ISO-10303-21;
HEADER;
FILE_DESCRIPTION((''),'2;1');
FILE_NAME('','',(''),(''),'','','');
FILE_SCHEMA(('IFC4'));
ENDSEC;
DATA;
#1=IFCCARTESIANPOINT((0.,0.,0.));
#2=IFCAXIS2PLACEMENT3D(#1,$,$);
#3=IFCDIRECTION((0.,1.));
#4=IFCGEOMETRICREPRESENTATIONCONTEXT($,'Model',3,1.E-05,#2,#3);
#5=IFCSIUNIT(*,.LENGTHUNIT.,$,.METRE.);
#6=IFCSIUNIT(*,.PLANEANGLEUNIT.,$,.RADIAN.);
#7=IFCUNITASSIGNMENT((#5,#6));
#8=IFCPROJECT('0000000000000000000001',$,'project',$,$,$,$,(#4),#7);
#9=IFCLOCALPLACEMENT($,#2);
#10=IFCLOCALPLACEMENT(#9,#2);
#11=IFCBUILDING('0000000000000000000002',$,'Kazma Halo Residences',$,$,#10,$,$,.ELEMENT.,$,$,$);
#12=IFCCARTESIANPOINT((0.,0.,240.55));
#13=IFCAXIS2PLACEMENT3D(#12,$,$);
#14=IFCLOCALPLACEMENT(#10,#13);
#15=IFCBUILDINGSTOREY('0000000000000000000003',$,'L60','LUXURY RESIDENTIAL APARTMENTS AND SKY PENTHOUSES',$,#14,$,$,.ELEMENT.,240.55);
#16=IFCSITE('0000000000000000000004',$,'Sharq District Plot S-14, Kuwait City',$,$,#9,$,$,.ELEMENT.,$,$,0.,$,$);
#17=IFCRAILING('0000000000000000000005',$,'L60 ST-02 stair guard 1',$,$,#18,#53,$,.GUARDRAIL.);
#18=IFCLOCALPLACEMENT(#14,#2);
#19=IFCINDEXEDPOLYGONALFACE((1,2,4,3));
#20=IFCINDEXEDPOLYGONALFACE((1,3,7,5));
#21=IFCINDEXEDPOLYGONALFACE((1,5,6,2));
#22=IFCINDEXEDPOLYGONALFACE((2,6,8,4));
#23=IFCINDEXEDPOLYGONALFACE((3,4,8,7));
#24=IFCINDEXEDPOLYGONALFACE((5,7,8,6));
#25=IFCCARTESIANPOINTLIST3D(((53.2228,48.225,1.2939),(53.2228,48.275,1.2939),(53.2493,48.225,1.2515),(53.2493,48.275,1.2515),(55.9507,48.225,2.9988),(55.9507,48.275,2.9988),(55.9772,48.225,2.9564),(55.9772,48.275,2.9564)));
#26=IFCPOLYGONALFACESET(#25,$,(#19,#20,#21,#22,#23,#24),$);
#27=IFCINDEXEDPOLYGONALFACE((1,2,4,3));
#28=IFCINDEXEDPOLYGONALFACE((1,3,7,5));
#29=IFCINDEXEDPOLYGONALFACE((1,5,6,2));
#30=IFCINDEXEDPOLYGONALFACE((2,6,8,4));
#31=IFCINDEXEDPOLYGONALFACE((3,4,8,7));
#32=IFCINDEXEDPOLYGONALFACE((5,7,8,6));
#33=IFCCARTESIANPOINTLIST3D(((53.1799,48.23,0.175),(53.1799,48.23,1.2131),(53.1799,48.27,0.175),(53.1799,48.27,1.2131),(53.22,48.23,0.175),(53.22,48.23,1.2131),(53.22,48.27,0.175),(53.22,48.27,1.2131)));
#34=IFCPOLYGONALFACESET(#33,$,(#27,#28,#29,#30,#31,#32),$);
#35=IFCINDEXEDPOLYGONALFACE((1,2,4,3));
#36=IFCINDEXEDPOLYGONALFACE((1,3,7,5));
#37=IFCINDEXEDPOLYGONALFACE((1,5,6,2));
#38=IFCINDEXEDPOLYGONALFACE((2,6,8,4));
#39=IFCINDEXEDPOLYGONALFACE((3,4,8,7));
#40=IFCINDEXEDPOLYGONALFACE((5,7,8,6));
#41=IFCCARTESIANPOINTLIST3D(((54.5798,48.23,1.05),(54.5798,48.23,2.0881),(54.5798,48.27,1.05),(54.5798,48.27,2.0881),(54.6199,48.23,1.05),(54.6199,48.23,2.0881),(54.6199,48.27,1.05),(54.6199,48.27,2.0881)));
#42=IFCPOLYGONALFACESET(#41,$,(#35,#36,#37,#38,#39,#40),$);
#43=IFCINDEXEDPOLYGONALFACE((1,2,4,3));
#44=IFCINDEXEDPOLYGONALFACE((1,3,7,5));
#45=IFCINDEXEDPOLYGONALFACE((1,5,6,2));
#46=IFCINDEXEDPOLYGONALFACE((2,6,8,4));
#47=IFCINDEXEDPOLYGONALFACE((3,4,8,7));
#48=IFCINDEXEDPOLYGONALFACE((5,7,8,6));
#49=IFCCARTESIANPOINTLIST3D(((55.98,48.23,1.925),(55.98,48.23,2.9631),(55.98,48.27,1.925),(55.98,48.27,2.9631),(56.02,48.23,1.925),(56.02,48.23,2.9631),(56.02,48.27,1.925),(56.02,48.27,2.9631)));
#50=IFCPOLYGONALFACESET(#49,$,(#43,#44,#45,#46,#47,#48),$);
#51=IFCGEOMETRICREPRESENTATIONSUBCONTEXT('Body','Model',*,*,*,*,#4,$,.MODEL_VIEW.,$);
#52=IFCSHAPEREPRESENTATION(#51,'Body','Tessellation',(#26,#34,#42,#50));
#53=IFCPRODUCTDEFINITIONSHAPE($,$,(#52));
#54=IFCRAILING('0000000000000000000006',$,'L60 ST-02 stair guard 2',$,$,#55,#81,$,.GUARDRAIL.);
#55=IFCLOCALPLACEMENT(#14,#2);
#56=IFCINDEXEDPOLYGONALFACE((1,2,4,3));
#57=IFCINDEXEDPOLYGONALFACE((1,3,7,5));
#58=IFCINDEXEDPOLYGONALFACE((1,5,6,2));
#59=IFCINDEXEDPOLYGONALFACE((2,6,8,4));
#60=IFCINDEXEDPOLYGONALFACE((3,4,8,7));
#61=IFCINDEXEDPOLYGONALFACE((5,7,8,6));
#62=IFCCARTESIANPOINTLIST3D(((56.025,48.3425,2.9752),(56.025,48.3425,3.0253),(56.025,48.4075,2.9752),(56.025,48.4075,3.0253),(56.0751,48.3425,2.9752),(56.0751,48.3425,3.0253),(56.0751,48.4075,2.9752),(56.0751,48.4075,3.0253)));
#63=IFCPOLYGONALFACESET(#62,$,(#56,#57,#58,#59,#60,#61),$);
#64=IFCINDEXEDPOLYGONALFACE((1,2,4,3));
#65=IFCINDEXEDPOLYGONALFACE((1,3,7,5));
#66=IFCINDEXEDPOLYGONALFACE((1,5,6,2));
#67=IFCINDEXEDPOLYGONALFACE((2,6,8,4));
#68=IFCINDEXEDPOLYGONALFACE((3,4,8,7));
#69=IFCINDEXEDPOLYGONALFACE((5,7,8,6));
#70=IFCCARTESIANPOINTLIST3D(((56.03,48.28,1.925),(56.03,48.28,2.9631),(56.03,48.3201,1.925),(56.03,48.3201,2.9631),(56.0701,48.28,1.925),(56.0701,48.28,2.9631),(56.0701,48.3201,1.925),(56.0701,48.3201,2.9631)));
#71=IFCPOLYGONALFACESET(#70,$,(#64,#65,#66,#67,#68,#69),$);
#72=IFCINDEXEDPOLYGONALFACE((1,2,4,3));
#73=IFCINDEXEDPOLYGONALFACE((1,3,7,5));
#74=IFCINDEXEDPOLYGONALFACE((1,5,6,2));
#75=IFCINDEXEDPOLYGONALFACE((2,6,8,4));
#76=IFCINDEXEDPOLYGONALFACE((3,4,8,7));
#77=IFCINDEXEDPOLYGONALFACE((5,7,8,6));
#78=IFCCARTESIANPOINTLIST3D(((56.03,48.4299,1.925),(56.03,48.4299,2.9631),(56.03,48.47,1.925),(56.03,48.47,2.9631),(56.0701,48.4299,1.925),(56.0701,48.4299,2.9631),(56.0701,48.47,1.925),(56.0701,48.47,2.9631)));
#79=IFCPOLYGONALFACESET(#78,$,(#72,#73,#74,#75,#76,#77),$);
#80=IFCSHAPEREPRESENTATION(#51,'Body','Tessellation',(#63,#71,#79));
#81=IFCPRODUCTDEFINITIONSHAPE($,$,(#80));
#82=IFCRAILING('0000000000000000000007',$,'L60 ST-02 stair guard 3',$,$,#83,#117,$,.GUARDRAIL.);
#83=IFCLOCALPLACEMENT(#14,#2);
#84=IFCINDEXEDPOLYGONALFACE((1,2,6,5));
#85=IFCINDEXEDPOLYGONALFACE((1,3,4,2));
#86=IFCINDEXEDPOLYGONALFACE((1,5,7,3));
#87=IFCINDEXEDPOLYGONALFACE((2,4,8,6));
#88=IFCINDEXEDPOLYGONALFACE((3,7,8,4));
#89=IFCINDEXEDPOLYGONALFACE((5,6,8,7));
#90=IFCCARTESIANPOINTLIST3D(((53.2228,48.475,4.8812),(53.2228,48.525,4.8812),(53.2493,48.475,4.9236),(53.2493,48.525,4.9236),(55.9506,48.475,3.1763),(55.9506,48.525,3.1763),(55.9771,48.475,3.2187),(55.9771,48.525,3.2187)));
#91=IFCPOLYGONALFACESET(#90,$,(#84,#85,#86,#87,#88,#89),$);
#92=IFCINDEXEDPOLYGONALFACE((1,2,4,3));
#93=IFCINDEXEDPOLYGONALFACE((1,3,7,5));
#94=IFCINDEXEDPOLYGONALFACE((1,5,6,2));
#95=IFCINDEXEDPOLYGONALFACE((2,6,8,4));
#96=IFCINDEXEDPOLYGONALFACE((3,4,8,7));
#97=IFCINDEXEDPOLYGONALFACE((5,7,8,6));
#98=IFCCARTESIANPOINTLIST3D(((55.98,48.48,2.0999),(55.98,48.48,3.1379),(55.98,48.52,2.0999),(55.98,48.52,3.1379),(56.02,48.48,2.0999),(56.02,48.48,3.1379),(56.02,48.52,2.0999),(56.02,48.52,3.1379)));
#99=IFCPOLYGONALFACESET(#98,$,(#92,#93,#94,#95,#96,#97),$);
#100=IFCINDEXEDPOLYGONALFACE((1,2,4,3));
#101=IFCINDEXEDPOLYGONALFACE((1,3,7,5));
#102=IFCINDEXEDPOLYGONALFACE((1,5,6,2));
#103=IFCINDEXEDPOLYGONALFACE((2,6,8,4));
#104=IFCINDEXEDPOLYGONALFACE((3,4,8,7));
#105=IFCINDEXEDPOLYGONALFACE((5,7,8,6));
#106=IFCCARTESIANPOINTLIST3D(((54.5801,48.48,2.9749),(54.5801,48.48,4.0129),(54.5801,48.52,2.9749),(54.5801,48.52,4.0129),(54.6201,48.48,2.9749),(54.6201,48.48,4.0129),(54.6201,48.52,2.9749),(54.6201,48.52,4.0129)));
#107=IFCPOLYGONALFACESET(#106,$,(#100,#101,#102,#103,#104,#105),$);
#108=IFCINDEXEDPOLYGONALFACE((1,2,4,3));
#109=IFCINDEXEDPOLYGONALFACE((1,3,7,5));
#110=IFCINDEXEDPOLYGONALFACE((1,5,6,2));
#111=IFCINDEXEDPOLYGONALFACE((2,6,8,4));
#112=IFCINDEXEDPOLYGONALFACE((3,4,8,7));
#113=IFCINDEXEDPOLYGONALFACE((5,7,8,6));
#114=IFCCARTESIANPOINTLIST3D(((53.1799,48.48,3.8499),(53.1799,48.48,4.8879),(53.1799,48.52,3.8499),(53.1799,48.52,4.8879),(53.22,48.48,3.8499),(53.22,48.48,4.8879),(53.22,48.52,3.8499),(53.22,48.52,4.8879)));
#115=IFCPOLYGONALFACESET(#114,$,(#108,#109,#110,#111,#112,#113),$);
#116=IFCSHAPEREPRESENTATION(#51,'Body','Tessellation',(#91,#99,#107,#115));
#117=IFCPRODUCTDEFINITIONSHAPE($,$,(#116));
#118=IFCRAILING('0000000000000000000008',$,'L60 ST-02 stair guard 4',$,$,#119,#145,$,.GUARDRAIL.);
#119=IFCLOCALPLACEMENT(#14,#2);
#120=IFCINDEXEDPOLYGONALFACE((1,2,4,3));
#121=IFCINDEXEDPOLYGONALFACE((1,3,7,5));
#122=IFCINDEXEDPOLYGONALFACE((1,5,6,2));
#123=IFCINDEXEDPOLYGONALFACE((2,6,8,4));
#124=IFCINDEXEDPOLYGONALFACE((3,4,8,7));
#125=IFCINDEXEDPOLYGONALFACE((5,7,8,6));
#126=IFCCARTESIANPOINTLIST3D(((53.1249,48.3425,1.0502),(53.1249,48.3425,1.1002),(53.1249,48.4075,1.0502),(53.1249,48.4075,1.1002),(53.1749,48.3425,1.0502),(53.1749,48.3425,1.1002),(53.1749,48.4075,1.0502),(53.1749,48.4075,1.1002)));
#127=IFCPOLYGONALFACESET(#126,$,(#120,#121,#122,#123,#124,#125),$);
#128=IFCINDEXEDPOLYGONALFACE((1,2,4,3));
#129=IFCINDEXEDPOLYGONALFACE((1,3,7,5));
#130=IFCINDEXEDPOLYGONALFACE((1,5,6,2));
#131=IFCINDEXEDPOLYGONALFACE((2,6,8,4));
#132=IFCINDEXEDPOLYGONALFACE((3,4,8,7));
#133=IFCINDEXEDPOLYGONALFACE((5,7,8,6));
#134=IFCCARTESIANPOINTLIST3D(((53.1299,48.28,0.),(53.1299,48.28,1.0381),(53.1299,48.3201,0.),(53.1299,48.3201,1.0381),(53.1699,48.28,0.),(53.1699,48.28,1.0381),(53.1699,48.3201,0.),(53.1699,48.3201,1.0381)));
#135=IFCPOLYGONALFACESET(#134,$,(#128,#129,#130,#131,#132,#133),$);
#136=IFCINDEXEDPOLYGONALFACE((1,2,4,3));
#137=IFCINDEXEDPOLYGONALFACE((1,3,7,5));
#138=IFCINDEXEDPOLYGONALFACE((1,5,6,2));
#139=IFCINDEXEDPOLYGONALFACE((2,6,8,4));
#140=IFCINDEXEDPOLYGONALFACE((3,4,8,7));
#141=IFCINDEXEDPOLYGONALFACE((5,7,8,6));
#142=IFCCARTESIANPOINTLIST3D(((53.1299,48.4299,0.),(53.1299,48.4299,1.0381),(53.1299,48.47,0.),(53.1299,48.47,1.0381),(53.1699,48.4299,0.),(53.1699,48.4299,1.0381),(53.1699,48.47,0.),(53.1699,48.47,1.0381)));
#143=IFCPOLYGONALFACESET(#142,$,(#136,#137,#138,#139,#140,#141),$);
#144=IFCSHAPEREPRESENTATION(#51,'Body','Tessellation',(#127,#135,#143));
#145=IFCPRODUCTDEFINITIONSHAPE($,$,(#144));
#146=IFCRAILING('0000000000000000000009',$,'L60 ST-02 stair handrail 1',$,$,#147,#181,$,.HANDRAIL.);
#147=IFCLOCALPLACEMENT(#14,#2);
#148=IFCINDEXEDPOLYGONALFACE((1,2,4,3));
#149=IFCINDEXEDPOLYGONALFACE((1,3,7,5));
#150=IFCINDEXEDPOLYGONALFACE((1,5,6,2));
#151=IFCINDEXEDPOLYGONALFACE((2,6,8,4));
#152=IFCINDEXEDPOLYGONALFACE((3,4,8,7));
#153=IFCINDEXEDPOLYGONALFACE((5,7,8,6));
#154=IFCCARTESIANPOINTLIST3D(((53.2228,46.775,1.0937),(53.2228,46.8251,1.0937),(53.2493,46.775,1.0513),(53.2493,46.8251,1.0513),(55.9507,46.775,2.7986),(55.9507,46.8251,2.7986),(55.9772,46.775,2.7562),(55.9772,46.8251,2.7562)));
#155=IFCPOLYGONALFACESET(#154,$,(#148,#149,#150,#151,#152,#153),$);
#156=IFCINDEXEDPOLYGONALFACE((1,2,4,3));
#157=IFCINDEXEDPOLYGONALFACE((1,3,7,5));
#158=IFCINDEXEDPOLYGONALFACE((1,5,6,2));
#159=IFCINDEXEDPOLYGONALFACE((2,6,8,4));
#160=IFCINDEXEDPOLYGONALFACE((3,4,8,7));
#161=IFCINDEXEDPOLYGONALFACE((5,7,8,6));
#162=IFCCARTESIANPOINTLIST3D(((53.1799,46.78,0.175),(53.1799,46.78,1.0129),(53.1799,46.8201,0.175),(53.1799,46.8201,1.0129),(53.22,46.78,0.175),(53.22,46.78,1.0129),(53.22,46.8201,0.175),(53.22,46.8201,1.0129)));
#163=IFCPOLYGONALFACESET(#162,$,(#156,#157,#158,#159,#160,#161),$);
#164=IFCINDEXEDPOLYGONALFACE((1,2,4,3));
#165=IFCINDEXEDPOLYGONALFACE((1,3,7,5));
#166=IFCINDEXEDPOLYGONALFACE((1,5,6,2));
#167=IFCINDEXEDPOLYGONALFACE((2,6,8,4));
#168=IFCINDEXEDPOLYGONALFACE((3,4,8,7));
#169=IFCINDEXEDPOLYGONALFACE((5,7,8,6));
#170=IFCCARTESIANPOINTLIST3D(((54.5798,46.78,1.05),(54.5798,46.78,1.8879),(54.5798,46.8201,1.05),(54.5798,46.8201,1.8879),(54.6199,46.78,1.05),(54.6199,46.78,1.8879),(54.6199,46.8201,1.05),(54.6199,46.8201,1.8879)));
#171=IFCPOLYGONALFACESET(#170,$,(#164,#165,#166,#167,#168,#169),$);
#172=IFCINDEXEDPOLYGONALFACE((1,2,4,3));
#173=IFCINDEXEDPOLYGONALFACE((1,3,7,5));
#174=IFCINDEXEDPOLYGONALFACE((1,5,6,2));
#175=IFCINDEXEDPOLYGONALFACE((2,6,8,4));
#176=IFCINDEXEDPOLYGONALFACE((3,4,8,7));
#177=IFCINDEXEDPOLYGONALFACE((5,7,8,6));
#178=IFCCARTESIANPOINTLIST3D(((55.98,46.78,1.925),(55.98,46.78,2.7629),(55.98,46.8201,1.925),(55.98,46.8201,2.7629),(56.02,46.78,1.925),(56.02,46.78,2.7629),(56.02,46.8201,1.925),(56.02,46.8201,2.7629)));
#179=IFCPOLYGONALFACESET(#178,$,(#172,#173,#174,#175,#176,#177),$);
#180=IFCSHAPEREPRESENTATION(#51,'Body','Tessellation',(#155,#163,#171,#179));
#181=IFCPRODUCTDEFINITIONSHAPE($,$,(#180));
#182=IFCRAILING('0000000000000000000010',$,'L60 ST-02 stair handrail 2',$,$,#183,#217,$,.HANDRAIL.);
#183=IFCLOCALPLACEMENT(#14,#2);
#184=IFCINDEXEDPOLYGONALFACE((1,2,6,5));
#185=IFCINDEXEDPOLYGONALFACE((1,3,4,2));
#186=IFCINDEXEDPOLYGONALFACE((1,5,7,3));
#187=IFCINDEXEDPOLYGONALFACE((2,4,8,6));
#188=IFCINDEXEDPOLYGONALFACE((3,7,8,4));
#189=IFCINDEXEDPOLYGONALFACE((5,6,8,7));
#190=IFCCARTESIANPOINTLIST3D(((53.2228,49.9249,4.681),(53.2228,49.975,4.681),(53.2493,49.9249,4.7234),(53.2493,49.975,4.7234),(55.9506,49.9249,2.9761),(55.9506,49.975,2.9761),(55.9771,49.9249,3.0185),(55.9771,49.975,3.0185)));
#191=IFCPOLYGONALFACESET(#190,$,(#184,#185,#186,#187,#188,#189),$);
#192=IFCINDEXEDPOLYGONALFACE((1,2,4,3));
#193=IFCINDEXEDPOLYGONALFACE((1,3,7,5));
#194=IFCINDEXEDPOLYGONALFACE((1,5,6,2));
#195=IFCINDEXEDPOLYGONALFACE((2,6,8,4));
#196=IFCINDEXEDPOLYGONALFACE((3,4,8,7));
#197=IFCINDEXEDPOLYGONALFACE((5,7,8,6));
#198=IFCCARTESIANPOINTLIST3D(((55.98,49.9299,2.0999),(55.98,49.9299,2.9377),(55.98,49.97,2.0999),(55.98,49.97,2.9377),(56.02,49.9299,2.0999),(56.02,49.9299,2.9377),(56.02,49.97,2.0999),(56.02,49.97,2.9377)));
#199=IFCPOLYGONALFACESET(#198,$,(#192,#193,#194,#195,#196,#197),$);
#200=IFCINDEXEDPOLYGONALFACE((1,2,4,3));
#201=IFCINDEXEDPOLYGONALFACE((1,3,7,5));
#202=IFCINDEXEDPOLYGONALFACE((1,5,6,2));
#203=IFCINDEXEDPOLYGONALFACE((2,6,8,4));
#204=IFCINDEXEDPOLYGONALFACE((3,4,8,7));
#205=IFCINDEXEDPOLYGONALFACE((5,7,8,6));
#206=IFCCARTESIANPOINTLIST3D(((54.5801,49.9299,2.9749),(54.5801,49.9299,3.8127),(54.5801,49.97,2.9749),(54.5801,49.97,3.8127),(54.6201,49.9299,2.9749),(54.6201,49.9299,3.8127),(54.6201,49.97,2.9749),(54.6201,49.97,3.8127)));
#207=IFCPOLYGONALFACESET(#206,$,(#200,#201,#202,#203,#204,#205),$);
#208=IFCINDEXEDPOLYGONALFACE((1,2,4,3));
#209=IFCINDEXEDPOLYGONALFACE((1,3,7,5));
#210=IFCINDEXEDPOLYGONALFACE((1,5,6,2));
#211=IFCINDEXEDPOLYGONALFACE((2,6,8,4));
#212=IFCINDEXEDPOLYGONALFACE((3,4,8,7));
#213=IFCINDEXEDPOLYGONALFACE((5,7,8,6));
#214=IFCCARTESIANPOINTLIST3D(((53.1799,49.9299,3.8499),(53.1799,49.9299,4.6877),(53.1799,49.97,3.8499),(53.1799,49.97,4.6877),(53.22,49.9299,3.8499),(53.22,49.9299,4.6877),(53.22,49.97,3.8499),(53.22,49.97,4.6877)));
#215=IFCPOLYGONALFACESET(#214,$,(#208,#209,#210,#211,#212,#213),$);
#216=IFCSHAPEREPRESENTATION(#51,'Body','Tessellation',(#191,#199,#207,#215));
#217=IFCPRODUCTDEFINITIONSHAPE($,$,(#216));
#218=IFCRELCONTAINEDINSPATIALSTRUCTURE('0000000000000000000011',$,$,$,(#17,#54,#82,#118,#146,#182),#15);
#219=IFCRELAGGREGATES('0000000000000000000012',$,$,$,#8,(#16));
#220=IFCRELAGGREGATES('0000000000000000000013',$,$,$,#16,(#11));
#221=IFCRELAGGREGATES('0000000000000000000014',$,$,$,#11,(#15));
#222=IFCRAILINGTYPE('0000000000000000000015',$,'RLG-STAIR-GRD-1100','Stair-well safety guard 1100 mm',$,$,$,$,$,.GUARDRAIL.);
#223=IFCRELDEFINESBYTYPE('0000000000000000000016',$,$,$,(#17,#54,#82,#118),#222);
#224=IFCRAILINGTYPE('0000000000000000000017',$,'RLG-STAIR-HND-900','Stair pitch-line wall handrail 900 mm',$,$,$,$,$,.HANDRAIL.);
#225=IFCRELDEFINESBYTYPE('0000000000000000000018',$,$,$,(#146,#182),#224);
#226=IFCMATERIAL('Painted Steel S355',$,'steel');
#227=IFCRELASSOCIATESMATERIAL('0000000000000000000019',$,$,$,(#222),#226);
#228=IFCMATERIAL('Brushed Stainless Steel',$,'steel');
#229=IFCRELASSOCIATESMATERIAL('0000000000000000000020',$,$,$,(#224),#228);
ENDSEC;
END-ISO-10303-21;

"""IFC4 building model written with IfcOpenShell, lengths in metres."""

from ifc_helpers import new_model, si_unit, direction, frame, origin, origin_2d, place, context, subcontext, project, spatial, rectangle, extrude, material, type_object, element, save


model = new_model("IFC4")

# Units and contexts
model_context = context("Model", 3, precision=1e-05, world=origin(), true_north=direction((0.0, 1.0)))
body_context = subcontext(model_context, "Body", "Model", "MODEL_VIEW")
ifc_project = project(units=[si_unit("LENGTHUNIT", "METRE"), si_unit("PLANEANGLEUNIT", "RADIAN")], contexts=[model_context])

# Site, building, storey
site_placement = place(None, origin())
site = spatial("IfcSite", under=ifc_project, at=site_placement, Name="Sharq District Plot S-14, Kuwait City", CompositionType="ELEMENT", RefElevation=0.0)
building_placement = place(site_placement, origin())
building = spatial("IfcBuilding", under=site, at=building_placement, Name="Kazma Halo Residences", CompositionType="ELEMENT")
storey_placement = place(building_placement, frame((0.0, 0.0, 240.55)))
storey = spatial("IfcBuildingStorey", under=building, at=storey_placement, Name="L60", Description="LUXURY RESIDENTIAL APARTMENTS AND SKY PENTHOUSES", CompositionType="ELEMENT", Elevation=240.55)

# Railings
ifc_material_1 = material(Name="Painted Steel S355", Category="steel")
railing_type_1 = type_object("IfcRailingType", Name="RLG-STAIR-GRD-1100", Description="Stair-well safety guard 1100 mm", PredefinedType="GUARDRAIL", material=ifc_material_1)
railing_1_placement = place(storey_placement, frame((53.2, 48.25, 0.175)))
element("IfcRailing", 1, at=railing_1_placement, inside=storey, type_object=railing_type_1, Name="L60 ST-02 stair guard 1", PredefinedType="GUARDRAIL", context=body_context, shape_type="SweptSolid", body=[
    extrude(rectangle(XDim=0.05, YDim=0.05, at=origin_2d()), frame((0.0361, 0.0, 1.0977), z_axis=(0.848002, 0.0, 0.529992), x_axis=(0.0, 1.0, 0.0)), (0.0, 0.0, 1.0), 3.2168),
    extrude(rectangle(XDim=0.04, YDim=0.04, at=origin_2d()), origin(), (0.0, 0.0, 1.0), 1.0381),
    extrude(rectangle(XDim=0.04, YDim=0.04, at=origin_2d()), frame((1.3999, 0.0, 0.875)), (0.0, 0.0, 1.0), 1.0381),
    extrude(rectangle(XDim=0.04, YDim=0.04, at=origin_2d()), frame((2.8, 0.0, 1.75)), (0.0, 0.0, 1.0), 1.0381),
])
railing_2_placement = place(storey_placement, frame((56.05, 48.3, 1.925)))
element("IfcRailing", 2, at=railing_2_placement, inside=storey, type_object=railing_type_1, Name="L60 ST-02 stair guard 2", PredefinedType="GUARDRAIL", context=body_context, shape_type="SweptSolid", body=[
    extrude(rectangle(XDim=0.05, YDim=0.05, at=origin_2d()), frame((0.0, 0.0425, 1.0752), z_axis=(0.0, 1.0, 0.0), x_axis=(-1.0, 0.0, 0.0)), (0.0, 0.0, 1.0), 0.0649),
    extrude(rectangle(XDim=0.04, YDim=0.04, at=origin_2d()), origin(), (0.0, 0.0, 1.0), 1.0381),
    extrude(rectangle(XDim=0.04, YDim=0.04, at=origin_2d()), frame((0.0, 0.1499, 0.0)), (0.0, 0.0, 1.0), 1.0381),
])
railing_3_placement = place(storey_placement, frame((56.0, 48.5, 2.0999)))
element("IfcRailing", 3, at=railing_3_placement, inside=storey, type_object=railing_type_1, Name="L60 ST-02 stair guard 3", PredefinedType="GUARDRAIL", context=body_context, shape_type="SweptSolid", body=[
    extrude(rectangle(XDim=0.05, YDim=0.05, at=origin_2d()), frame((-0.0361, 0.0, 1.0977), z_axis=(-0.848002, 0.0, 0.529992), x_axis=(0.0, -1.0, 0.0)), (0.0, 0.0, 1.0), 3.2168),
    extrude(rectangle(XDim=0.04, YDim=0.04, at=origin_2d()), origin(), (0.0, 0.0, 1.0), 1.0381),
    extrude(rectangle(XDim=0.04, YDim=0.04, at=origin_2d()), frame((-1.3999, 0.0, 0.875)), (0.0, 0.0, 1.0), 1.0381),
    extrude(rectangle(XDim=0.04, YDim=0.04, at=origin_2d()), frame((-2.8, 0.0, 1.75)), (0.0, 0.0, 1.0), 1.0381),
])
railing_4_placement = place(storey_placement, frame((53.1499, 48.3, 0.0)))
element("IfcRailing", 4, at=railing_4_placement, inside=storey, type_object=railing_type_1, Name="L60 ST-02 stair guard 4", PredefinedType="GUARDRAIL", context=body_context, shape_type="SweptSolid", body=[
    extrude(rectangle(XDim=0.05, YDim=0.05, at=origin_2d()), frame((0.0, 0.0425, 1.0752), z_axis=(0.0, 1.0, 0.0), x_axis=(-1.0, 0.0, 0.0)), (0.0, 0.0, 1.0), 0.0649),
    extrude(rectangle(XDim=0.04, YDim=0.04, at=origin_2d()), origin(), (0.0, 0.0, 1.0), 1.0381),
    extrude(rectangle(XDim=0.04, YDim=0.04, at=origin_2d()), frame((0.0, 0.1499, 0.0)), (0.0, 0.0, 1.0), 1.0381),
])
ifc_material_2 = material(Name="Brushed Stainless Steel", Category="steel")
railing_type_2 = type_object("IfcRailingType", Name="RLG-STAIR-HND-900", Description="Stair pitch-line wall handrail 900 mm", PredefinedType="HANDRAIL", material=ifc_material_2)
railing_5_placement = place(storey_placement, frame((53.2, 46.8, 0.175)))
element("IfcRailing", 5, at=railing_5_placement, inside=storey, type_object=railing_type_2, Name="L60 ST-02 stair handrail 1", PredefinedType="HANDRAIL", context=body_context, shape_type="SweptSolid", body=[
    extrude(rectangle(XDim=0.05, YDim=0.05, at=origin_2d()), frame((0.0361, 0.0, 0.8975), z_axis=(0.848002, 0.0, 0.529992), x_axis=(0.0, 1.0, 0.0)), (0.0, 0.0, 1.0), 3.2168),
    extrude(rectangle(XDim=0.04, YDim=0.04, at=origin_2d()), origin(), (0.0, 0.0, 1.0), 0.8379),
    extrude(rectangle(XDim=0.04, YDim=0.04, at=origin_2d()), frame((1.3999, 0.0, 0.875)), (0.0, 0.0, 1.0), 0.8379),
    extrude(rectangle(XDim=0.04, YDim=0.04, at=origin_2d()), frame((2.8, 0.0, 1.75)), (0.0, 0.0, 1.0), 0.8379),
])
railing_6_placement = place(storey_placement, frame((56.0, 49.95, 2.0999)))
element("IfcRailing", 6, at=railing_6_placement, inside=storey, type_object=railing_type_2, Name="L60 ST-02 stair handrail 2", PredefinedType="HANDRAIL", context=body_context, shape_type="SweptSolid", body=[
    extrude(rectangle(XDim=0.05, YDim=0.05, at=origin_2d()), frame((-0.0361, 0.0, 0.8975), z_axis=(-0.848002, 0.0, 0.529992), x_axis=(0.0, -1.0, 0.0)), (0.0, 0.0, 1.0), 3.2168),
    extrude(rectangle(XDim=0.04, YDim=0.04, at=origin_2d()), origin(), (0.0, 0.0, 1.0), 0.8379),
    extrude(rectangle(XDim=0.04, YDim=0.04, at=origin_2d()), frame((-1.3999, 0.0, 0.875)), (0.0, 0.0, 1.0), 0.8379),
    extrude(rectangle(XDim=0.04, YDim=0.04, at=origin_2d()), frame((-2.8, 0.0, 1.75)), (0.0, 0.0, 1.0), 0.8379),
])

save(model, "model.ifc")
